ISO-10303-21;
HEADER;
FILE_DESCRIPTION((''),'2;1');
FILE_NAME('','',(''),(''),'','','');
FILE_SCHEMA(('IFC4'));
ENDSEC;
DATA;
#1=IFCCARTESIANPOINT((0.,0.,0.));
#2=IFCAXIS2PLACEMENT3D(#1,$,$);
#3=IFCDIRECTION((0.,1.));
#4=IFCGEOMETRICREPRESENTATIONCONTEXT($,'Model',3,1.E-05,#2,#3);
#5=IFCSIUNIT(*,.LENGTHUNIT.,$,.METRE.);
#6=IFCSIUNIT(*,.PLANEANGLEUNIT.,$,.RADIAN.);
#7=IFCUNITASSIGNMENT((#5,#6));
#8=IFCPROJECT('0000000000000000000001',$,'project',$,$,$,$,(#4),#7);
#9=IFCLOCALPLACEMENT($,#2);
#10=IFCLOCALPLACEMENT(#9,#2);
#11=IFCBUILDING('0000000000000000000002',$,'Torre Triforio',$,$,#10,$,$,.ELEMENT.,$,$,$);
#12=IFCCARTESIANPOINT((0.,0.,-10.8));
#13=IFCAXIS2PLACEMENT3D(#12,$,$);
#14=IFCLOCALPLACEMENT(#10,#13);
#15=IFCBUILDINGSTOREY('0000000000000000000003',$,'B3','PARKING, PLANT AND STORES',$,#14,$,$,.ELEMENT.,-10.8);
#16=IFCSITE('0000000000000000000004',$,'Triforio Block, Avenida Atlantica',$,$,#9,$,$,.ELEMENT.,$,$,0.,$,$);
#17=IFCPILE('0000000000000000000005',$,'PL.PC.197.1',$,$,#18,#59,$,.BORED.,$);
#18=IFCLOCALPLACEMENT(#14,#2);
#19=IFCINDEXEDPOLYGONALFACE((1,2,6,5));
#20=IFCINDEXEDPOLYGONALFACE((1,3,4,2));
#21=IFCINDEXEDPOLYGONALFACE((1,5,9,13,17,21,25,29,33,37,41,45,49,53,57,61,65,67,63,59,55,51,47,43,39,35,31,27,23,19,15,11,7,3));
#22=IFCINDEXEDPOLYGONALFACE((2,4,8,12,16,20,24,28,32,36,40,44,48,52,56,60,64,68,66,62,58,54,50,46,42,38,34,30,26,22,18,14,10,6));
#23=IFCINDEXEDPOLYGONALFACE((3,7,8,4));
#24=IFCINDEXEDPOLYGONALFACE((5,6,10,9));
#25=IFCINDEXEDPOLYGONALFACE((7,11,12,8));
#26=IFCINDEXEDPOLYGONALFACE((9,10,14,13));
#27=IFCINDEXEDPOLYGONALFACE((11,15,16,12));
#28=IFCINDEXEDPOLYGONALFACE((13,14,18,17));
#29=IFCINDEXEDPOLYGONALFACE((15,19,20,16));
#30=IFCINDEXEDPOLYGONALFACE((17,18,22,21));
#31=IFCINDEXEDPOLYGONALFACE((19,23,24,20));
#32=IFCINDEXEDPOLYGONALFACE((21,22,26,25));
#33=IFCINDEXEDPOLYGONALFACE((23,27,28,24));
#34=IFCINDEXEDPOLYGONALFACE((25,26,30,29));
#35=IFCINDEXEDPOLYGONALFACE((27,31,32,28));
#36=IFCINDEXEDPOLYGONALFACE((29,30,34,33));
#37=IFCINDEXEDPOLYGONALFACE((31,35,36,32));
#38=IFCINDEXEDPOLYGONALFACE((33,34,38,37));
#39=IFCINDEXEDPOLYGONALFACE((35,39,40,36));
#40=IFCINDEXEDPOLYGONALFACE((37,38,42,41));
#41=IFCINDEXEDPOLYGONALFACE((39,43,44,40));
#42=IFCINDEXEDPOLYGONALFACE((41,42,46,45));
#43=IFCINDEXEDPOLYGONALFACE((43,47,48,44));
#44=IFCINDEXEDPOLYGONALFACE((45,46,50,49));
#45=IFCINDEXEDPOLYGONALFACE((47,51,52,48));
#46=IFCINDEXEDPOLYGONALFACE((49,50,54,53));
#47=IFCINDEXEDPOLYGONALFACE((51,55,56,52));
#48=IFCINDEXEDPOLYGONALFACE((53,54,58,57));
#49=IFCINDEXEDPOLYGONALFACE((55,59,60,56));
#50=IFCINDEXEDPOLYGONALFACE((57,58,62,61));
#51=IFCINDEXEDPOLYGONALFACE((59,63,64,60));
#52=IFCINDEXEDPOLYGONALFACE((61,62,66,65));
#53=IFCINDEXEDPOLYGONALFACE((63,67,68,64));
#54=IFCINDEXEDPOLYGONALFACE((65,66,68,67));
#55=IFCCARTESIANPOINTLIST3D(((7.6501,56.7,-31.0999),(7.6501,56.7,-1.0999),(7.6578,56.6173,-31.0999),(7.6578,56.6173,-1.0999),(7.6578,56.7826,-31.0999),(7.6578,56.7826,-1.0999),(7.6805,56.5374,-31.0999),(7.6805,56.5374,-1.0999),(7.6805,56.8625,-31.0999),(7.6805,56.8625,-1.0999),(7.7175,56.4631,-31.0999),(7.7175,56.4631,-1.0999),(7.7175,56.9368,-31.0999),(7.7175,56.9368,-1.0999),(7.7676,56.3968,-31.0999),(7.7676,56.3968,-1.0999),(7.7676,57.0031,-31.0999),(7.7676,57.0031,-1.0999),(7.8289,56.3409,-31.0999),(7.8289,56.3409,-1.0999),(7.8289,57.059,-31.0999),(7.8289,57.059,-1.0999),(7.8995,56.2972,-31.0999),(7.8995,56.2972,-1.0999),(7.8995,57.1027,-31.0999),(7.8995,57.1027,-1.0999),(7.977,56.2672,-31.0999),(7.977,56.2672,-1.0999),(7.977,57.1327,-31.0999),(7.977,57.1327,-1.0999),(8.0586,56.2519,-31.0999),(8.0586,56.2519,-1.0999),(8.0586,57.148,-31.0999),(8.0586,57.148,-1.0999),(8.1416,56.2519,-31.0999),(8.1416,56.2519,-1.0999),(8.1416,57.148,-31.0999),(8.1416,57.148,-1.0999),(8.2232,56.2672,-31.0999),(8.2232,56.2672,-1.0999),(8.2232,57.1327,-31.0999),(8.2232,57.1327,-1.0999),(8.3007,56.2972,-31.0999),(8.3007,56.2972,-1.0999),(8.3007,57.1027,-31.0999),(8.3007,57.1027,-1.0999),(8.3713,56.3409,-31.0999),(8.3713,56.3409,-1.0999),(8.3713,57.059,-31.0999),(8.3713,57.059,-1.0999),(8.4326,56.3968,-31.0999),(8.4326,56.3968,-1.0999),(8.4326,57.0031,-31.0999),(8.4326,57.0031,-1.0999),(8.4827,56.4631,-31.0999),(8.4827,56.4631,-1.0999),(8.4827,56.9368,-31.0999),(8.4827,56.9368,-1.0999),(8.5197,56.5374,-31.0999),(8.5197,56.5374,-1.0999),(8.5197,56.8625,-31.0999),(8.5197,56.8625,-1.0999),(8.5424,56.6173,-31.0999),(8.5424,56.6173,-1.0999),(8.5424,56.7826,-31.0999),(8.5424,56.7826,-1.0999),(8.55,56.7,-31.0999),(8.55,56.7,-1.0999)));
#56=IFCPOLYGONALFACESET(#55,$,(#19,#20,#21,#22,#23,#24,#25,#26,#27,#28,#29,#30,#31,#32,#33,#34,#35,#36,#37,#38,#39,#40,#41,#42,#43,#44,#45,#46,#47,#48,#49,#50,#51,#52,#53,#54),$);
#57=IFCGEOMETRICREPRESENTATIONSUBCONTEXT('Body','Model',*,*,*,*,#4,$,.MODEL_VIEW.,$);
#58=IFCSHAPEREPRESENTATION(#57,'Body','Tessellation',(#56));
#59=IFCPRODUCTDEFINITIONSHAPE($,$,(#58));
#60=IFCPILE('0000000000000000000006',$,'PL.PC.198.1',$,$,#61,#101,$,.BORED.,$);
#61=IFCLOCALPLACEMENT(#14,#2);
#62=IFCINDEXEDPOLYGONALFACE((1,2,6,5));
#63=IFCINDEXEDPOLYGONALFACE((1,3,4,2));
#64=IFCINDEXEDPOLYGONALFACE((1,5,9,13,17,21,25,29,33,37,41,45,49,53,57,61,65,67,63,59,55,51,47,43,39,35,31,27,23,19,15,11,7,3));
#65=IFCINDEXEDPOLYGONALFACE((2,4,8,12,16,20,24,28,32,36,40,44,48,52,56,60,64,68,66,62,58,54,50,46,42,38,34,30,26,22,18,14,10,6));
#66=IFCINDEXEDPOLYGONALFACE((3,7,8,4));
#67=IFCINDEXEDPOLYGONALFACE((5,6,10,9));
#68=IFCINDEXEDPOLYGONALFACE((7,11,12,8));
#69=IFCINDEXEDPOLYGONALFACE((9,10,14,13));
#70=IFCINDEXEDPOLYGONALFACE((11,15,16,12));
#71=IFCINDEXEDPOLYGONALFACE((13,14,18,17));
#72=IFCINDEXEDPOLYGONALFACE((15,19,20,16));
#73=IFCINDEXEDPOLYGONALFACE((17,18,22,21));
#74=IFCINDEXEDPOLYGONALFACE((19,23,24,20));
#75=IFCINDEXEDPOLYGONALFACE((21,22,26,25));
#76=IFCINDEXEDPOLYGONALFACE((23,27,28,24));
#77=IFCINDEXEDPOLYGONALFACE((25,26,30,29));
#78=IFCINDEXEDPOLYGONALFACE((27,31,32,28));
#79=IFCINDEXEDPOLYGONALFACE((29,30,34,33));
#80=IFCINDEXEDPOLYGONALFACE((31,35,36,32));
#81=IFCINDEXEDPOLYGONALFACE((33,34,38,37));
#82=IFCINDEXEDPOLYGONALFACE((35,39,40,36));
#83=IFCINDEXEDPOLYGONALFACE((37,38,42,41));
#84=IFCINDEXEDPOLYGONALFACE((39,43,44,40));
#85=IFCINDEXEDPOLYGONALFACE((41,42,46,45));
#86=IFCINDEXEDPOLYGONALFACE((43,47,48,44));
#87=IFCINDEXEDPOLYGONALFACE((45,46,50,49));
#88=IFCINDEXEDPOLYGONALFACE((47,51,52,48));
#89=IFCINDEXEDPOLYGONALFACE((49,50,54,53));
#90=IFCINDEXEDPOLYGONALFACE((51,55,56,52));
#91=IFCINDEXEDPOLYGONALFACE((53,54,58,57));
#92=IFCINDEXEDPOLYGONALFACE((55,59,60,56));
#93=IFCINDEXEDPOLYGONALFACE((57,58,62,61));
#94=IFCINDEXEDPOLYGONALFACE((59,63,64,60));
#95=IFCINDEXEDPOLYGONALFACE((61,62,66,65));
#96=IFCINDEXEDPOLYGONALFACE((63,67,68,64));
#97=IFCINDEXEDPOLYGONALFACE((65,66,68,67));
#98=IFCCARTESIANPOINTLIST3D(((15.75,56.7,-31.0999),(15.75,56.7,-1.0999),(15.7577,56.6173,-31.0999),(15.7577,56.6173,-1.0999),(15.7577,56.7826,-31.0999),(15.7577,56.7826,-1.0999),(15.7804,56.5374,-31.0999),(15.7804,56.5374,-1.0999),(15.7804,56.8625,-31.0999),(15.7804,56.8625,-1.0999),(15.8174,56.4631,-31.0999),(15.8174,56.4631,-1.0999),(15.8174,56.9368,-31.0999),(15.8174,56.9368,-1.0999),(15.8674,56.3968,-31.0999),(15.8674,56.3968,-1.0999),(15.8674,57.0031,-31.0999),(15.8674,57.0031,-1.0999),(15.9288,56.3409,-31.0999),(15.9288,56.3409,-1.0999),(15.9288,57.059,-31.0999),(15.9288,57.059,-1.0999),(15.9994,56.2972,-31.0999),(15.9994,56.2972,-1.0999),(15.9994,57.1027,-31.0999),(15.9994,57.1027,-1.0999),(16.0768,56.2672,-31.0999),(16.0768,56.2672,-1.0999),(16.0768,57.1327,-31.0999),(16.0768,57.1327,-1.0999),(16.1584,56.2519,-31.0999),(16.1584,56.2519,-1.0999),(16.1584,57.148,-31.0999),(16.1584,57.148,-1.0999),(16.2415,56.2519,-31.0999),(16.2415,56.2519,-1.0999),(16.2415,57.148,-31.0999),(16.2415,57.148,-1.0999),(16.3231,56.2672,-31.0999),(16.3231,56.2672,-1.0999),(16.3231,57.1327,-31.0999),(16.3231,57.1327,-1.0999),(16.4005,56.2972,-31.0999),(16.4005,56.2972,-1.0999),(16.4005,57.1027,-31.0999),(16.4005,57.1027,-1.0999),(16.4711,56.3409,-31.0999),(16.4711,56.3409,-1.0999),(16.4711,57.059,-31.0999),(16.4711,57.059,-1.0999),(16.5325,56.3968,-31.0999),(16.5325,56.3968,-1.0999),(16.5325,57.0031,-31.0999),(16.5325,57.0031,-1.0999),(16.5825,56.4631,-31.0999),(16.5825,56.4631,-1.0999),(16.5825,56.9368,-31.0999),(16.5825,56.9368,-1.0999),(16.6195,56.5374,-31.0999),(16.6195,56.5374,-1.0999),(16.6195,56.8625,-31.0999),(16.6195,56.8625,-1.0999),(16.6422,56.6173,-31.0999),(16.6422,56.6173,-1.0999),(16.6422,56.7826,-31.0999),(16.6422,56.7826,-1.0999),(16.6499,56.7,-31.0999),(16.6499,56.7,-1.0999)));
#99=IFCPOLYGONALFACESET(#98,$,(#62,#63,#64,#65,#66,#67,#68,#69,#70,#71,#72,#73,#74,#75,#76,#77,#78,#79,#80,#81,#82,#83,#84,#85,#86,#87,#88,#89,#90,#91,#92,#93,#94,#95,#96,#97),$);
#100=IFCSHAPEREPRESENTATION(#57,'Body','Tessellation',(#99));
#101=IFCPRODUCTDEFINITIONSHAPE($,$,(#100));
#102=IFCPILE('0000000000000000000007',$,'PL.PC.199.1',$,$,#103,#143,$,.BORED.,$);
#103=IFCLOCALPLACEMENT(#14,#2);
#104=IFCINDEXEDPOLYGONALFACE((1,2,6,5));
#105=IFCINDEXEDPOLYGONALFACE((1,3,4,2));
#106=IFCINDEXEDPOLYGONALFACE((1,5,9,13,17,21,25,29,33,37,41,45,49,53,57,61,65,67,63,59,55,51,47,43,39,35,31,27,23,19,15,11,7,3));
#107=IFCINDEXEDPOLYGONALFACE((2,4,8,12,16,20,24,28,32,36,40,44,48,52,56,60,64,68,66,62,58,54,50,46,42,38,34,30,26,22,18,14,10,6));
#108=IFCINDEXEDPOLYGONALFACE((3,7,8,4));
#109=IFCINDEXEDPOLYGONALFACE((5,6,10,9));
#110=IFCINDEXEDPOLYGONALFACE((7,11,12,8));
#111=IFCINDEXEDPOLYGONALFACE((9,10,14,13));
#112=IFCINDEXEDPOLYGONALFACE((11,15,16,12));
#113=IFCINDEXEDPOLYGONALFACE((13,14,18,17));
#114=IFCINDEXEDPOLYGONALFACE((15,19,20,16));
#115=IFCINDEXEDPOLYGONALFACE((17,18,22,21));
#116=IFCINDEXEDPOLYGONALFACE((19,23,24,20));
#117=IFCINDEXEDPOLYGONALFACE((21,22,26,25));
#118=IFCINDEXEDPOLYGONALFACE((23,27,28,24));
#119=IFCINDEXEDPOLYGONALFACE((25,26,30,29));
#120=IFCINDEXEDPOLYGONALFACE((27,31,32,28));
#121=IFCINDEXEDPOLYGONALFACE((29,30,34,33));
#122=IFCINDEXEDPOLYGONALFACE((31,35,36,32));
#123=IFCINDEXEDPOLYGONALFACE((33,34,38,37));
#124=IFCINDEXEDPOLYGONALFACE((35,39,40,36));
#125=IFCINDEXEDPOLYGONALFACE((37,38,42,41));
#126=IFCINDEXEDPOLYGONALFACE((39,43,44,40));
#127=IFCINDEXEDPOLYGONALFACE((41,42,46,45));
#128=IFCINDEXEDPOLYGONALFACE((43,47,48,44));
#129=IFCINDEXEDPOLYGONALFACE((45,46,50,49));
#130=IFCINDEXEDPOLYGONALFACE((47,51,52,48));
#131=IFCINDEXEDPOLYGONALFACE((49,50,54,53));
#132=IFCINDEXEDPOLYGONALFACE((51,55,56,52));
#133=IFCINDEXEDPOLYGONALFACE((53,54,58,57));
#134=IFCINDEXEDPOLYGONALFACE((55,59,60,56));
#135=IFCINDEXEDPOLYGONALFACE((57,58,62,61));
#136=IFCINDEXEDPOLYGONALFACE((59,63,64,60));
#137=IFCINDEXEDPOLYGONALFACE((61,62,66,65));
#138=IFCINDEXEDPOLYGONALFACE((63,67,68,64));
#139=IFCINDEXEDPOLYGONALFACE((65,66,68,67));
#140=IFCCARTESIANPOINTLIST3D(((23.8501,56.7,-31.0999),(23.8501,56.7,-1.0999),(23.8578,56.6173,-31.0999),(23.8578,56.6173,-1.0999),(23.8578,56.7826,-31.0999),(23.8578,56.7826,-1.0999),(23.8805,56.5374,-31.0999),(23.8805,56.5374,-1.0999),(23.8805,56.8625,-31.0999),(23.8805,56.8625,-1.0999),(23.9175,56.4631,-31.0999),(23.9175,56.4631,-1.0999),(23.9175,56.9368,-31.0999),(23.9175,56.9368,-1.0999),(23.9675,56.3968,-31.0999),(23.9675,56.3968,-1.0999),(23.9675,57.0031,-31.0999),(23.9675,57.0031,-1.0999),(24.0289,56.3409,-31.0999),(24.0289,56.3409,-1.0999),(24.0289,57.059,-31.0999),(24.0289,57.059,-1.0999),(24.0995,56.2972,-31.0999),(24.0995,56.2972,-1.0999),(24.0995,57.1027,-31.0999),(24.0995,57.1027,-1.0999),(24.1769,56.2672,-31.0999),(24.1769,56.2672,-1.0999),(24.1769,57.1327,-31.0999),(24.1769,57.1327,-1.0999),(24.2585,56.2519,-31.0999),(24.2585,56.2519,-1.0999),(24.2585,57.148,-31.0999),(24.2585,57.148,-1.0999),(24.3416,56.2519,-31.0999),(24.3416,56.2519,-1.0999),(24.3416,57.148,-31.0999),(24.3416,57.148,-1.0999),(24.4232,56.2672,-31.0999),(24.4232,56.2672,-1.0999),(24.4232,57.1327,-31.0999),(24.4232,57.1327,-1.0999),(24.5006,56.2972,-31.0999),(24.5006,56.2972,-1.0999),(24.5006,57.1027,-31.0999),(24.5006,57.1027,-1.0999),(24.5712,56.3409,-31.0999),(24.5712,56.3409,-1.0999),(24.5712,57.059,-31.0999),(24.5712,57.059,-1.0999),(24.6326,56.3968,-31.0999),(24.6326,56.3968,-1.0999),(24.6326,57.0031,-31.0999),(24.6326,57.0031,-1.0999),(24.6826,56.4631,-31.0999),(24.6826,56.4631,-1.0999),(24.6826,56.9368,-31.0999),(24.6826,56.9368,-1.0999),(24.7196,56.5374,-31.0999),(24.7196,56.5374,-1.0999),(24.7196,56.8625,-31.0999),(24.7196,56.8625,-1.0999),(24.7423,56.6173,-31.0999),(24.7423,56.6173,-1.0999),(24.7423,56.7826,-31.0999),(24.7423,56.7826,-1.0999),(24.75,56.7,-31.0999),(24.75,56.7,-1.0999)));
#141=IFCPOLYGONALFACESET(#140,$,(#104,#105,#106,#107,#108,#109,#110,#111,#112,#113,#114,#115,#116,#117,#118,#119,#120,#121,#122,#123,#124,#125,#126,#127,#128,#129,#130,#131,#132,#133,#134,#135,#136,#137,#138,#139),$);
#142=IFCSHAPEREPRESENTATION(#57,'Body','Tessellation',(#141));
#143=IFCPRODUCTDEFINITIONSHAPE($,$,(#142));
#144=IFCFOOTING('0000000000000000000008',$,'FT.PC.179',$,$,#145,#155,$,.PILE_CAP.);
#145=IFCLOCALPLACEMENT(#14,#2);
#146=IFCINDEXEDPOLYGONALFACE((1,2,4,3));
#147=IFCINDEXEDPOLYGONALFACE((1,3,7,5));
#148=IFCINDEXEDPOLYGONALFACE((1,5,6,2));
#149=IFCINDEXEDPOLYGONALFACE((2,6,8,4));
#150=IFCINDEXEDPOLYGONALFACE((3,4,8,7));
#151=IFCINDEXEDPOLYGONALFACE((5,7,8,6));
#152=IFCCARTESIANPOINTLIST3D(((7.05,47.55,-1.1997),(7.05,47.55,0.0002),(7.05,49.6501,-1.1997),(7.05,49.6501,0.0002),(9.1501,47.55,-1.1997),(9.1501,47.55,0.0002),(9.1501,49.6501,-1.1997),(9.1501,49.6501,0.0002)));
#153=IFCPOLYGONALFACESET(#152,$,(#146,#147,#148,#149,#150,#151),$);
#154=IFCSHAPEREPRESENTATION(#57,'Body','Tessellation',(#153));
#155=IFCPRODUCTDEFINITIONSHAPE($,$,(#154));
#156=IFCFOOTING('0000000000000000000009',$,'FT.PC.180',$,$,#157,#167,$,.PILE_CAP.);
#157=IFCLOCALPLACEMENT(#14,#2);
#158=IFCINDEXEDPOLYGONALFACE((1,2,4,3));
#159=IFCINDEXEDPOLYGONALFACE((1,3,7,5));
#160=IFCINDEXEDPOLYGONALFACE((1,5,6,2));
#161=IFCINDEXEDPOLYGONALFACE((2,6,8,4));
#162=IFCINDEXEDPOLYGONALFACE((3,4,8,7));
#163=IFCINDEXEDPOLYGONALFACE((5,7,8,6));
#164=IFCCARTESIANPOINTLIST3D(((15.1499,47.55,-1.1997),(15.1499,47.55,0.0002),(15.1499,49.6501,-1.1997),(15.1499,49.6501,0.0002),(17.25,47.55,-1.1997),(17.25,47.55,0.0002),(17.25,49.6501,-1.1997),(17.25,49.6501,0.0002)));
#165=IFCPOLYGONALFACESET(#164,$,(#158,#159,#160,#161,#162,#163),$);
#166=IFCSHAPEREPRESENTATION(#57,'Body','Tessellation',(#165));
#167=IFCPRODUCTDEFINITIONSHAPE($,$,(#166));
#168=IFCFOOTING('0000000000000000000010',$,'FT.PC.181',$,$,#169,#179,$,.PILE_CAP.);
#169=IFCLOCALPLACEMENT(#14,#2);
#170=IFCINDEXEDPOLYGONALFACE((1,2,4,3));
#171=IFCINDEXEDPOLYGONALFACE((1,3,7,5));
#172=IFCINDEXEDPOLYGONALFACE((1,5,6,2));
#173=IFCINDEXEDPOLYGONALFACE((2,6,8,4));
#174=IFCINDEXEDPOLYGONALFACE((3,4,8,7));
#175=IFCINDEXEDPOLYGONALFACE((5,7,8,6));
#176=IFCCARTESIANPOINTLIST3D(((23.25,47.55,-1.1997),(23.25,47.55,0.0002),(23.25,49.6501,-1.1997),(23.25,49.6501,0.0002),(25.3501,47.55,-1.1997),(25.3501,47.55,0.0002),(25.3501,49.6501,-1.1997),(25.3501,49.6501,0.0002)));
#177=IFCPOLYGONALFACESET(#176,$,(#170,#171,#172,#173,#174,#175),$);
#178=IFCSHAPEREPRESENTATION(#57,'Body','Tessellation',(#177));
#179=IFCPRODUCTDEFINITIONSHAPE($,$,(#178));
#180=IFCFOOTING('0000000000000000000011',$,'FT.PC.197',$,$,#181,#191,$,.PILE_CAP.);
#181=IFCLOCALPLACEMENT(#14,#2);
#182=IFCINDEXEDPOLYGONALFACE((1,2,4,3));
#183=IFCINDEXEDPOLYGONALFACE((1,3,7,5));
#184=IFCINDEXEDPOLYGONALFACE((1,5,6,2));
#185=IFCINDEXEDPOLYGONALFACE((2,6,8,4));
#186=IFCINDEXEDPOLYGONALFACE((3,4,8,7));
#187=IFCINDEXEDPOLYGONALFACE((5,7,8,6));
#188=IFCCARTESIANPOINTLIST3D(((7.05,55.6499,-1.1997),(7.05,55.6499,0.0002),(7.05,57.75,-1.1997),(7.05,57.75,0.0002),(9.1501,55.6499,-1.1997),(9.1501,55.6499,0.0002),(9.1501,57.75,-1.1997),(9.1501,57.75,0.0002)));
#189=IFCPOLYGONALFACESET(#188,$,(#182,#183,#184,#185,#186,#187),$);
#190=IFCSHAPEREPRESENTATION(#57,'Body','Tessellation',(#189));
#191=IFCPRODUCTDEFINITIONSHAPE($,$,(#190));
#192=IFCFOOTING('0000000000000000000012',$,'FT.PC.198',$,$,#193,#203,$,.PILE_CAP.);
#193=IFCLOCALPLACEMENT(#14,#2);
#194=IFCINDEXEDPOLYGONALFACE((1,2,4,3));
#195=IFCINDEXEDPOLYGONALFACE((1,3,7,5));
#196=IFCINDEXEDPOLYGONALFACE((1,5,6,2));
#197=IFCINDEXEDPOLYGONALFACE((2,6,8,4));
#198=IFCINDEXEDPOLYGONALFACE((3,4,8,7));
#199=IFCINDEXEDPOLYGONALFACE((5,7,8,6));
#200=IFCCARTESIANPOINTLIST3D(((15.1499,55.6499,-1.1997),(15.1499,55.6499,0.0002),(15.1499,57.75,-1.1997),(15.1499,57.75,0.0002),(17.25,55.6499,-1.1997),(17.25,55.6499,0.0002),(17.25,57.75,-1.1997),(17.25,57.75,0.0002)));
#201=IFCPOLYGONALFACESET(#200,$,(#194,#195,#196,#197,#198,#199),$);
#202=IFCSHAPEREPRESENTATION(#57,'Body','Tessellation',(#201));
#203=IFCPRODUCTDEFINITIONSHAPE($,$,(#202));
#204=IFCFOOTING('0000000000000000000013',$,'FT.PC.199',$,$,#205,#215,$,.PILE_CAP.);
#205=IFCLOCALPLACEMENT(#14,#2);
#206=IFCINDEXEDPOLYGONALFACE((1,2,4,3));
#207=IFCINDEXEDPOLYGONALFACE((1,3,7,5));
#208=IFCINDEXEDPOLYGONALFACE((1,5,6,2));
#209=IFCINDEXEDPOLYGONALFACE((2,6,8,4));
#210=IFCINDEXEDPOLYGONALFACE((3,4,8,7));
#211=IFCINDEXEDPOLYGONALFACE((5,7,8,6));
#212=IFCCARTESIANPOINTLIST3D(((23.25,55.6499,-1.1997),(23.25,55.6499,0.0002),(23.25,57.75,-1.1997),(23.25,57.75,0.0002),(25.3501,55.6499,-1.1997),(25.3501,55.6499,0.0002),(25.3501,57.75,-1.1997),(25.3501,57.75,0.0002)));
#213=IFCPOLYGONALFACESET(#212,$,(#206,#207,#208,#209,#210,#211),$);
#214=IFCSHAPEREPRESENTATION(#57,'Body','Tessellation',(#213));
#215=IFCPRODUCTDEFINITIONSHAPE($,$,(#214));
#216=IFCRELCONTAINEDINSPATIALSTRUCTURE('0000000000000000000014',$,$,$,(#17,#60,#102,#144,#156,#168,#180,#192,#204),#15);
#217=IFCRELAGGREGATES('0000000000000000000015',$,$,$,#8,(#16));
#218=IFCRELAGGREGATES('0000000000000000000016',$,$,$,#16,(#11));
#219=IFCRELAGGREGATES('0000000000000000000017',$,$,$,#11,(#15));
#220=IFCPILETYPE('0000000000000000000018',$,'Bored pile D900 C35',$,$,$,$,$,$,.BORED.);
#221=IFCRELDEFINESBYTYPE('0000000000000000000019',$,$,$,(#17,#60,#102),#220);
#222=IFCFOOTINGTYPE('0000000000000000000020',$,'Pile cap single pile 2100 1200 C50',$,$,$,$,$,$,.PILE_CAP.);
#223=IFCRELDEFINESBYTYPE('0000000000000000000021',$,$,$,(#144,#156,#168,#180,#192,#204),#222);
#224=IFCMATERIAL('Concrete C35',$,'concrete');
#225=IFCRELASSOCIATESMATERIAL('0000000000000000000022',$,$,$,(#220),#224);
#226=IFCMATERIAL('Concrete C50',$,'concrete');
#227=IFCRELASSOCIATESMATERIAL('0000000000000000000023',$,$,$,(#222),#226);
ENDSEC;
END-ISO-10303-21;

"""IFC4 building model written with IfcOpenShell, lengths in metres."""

from ifc_helpers import new_model, si_unit, direction, frame, origin, origin_2d, place, context, subcontext, project, spatial, rectangle, circle, extrude, material, material_profile, profile_set, type_object, element, save


model = new_model("IFC4")

# Units and contexts
model_context = context("Model", 3, precision=1e-05, world=origin(), true_north=direction((0.0, 1.0)))
body_context = subcontext(model_context, "Body", "Model", "MODEL_VIEW")
ifc_project = project(units=[si_unit("LENGTHUNIT", "METRE"), si_unit("PLANEANGLEUNIT", "RADIAN")], contexts=[model_context])

# Site, building, storey
site_placement = place(None, origin())
site = spatial("IfcSite", under=ifc_project, at=site_placement, Name="Triforio Block, Avenida Atlantica", CompositionType="ELEMENT", RefElevation=0.0)
building_placement = place(site_placement, origin())
building = spatial("IfcBuilding", under=site, at=building_placement, Name="Torre Triforio", CompositionType="ELEMENT")
storey_placement = place(building_placement, frame((0.0, 0.0, -10.8)))
storey = spatial("IfcBuildingStorey", under=building, at=storey_placement, Name="B3", Description="PARKING, PLANT AND STORES", CompositionType="ELEMENT", Elevation=-10.8)

# Piles
ifc_material_1 = material(Name="Concrete C35", Category="concrete")
ifc_material_profile_1 = material_profile(ifc_material_1, circle(Radius=0.45, at=origin_2d()), Name="RC D900")
ifc_profile_set_1 = profile_set([ifc_material_profile_1], Name="Concrete C35")
pile_type = type_object("IfcPileType", Name="Bored pile D900 C35", PredefinedType="BORED", material=ifc_profile_set_1)
for number, where, z_axis, x_axis, name in (
    (1, (8.1001, 56.7, -1.0999), (0.0, 0.0, -1.0), (1.0, 0.0, 0.0), "PL.PC.197.1"),
    (2, (16.2, 56.7, -1.0999), (0.0, 0.0, -1.0), (1.0, 0.0, 0.0), "PL.PC.198.1"),
    (3, (24.3, 56.7, -1.0999), (0.0, 0.0, -1.0), (1.0, 0.0, 0.0), "PL.PC.199.1"),
):
    element("IfcPile", number, at=place(storey_placement, frame(where, z_axis=z_axis, x_axis=x_axis)), inside=storey, type_object=pile_type, Name=name, PredefinedType="BORED", context=body_context, shape_type="SweptSolid", body=[
        extrude(circle(Radius=0.45, at=origin_2d()), origin(), (0.0, 0.0, 1.0), 30.0),
    ])

# Footings
ifc_material_2 = material(Name="Concrete C50", Category="concrete")
footing_type = type_object("IfcFootingType", Name="Pile cap single pile 2100 1200 C50", PredefinedType="PILE_CAP", material=ifc_material_2)
for number, where, z_axis, x_axis, name in (
    (4, (8.1001, 48.6001, -1.1997), (0.0, 0.0, 1.0), (1.0, 0.0, 0.0), "FT.PC.179"),
    (5, (16.2, 48.6001, -1.1997), (0.0, 0.0, 1.0), (1.0, 0.0, 0.0), "FT.PC.180"),
    (6, (24.3, 48.6001, -1.1997), (0.0, 0.0, 1.0), (1.0, 0.0, 0.0), "FT.PC.181"),
    (7, (8.1001, 56.7, -1.1997), (0.0, 0.0, 1.0), (1.0, 0.0, 0.0), "FT.PC.197"),
    (8, (16.2, 56.7, -1.1997), (0.0, 0.0, 1.0), (1.0, 0.0, 0.0), "FT.PC.198"),
    (9, (24.3, 56.7, -1.1997), (0.0, 0.0, 1.0), (1.0, 0.0, 0.0), "FT.PC.199"),
):
    element("IfcFooting", number, at=place(storey_placement, frame(where, z_axis=z_axis, x_axis=x_axis)), inside=storey, type_object=footing_type, Name=name, PredefinedType="PILE_CAP", context=body_context, shape_type="SweptSolid", body=[
        extrude(rectangle(XDim=2.1001, YDim=2.1001, at=origin_2d()), origin(), (0.0, 0.0, 1.0), 1.2),
    ])

save(model, "model.ifc")
